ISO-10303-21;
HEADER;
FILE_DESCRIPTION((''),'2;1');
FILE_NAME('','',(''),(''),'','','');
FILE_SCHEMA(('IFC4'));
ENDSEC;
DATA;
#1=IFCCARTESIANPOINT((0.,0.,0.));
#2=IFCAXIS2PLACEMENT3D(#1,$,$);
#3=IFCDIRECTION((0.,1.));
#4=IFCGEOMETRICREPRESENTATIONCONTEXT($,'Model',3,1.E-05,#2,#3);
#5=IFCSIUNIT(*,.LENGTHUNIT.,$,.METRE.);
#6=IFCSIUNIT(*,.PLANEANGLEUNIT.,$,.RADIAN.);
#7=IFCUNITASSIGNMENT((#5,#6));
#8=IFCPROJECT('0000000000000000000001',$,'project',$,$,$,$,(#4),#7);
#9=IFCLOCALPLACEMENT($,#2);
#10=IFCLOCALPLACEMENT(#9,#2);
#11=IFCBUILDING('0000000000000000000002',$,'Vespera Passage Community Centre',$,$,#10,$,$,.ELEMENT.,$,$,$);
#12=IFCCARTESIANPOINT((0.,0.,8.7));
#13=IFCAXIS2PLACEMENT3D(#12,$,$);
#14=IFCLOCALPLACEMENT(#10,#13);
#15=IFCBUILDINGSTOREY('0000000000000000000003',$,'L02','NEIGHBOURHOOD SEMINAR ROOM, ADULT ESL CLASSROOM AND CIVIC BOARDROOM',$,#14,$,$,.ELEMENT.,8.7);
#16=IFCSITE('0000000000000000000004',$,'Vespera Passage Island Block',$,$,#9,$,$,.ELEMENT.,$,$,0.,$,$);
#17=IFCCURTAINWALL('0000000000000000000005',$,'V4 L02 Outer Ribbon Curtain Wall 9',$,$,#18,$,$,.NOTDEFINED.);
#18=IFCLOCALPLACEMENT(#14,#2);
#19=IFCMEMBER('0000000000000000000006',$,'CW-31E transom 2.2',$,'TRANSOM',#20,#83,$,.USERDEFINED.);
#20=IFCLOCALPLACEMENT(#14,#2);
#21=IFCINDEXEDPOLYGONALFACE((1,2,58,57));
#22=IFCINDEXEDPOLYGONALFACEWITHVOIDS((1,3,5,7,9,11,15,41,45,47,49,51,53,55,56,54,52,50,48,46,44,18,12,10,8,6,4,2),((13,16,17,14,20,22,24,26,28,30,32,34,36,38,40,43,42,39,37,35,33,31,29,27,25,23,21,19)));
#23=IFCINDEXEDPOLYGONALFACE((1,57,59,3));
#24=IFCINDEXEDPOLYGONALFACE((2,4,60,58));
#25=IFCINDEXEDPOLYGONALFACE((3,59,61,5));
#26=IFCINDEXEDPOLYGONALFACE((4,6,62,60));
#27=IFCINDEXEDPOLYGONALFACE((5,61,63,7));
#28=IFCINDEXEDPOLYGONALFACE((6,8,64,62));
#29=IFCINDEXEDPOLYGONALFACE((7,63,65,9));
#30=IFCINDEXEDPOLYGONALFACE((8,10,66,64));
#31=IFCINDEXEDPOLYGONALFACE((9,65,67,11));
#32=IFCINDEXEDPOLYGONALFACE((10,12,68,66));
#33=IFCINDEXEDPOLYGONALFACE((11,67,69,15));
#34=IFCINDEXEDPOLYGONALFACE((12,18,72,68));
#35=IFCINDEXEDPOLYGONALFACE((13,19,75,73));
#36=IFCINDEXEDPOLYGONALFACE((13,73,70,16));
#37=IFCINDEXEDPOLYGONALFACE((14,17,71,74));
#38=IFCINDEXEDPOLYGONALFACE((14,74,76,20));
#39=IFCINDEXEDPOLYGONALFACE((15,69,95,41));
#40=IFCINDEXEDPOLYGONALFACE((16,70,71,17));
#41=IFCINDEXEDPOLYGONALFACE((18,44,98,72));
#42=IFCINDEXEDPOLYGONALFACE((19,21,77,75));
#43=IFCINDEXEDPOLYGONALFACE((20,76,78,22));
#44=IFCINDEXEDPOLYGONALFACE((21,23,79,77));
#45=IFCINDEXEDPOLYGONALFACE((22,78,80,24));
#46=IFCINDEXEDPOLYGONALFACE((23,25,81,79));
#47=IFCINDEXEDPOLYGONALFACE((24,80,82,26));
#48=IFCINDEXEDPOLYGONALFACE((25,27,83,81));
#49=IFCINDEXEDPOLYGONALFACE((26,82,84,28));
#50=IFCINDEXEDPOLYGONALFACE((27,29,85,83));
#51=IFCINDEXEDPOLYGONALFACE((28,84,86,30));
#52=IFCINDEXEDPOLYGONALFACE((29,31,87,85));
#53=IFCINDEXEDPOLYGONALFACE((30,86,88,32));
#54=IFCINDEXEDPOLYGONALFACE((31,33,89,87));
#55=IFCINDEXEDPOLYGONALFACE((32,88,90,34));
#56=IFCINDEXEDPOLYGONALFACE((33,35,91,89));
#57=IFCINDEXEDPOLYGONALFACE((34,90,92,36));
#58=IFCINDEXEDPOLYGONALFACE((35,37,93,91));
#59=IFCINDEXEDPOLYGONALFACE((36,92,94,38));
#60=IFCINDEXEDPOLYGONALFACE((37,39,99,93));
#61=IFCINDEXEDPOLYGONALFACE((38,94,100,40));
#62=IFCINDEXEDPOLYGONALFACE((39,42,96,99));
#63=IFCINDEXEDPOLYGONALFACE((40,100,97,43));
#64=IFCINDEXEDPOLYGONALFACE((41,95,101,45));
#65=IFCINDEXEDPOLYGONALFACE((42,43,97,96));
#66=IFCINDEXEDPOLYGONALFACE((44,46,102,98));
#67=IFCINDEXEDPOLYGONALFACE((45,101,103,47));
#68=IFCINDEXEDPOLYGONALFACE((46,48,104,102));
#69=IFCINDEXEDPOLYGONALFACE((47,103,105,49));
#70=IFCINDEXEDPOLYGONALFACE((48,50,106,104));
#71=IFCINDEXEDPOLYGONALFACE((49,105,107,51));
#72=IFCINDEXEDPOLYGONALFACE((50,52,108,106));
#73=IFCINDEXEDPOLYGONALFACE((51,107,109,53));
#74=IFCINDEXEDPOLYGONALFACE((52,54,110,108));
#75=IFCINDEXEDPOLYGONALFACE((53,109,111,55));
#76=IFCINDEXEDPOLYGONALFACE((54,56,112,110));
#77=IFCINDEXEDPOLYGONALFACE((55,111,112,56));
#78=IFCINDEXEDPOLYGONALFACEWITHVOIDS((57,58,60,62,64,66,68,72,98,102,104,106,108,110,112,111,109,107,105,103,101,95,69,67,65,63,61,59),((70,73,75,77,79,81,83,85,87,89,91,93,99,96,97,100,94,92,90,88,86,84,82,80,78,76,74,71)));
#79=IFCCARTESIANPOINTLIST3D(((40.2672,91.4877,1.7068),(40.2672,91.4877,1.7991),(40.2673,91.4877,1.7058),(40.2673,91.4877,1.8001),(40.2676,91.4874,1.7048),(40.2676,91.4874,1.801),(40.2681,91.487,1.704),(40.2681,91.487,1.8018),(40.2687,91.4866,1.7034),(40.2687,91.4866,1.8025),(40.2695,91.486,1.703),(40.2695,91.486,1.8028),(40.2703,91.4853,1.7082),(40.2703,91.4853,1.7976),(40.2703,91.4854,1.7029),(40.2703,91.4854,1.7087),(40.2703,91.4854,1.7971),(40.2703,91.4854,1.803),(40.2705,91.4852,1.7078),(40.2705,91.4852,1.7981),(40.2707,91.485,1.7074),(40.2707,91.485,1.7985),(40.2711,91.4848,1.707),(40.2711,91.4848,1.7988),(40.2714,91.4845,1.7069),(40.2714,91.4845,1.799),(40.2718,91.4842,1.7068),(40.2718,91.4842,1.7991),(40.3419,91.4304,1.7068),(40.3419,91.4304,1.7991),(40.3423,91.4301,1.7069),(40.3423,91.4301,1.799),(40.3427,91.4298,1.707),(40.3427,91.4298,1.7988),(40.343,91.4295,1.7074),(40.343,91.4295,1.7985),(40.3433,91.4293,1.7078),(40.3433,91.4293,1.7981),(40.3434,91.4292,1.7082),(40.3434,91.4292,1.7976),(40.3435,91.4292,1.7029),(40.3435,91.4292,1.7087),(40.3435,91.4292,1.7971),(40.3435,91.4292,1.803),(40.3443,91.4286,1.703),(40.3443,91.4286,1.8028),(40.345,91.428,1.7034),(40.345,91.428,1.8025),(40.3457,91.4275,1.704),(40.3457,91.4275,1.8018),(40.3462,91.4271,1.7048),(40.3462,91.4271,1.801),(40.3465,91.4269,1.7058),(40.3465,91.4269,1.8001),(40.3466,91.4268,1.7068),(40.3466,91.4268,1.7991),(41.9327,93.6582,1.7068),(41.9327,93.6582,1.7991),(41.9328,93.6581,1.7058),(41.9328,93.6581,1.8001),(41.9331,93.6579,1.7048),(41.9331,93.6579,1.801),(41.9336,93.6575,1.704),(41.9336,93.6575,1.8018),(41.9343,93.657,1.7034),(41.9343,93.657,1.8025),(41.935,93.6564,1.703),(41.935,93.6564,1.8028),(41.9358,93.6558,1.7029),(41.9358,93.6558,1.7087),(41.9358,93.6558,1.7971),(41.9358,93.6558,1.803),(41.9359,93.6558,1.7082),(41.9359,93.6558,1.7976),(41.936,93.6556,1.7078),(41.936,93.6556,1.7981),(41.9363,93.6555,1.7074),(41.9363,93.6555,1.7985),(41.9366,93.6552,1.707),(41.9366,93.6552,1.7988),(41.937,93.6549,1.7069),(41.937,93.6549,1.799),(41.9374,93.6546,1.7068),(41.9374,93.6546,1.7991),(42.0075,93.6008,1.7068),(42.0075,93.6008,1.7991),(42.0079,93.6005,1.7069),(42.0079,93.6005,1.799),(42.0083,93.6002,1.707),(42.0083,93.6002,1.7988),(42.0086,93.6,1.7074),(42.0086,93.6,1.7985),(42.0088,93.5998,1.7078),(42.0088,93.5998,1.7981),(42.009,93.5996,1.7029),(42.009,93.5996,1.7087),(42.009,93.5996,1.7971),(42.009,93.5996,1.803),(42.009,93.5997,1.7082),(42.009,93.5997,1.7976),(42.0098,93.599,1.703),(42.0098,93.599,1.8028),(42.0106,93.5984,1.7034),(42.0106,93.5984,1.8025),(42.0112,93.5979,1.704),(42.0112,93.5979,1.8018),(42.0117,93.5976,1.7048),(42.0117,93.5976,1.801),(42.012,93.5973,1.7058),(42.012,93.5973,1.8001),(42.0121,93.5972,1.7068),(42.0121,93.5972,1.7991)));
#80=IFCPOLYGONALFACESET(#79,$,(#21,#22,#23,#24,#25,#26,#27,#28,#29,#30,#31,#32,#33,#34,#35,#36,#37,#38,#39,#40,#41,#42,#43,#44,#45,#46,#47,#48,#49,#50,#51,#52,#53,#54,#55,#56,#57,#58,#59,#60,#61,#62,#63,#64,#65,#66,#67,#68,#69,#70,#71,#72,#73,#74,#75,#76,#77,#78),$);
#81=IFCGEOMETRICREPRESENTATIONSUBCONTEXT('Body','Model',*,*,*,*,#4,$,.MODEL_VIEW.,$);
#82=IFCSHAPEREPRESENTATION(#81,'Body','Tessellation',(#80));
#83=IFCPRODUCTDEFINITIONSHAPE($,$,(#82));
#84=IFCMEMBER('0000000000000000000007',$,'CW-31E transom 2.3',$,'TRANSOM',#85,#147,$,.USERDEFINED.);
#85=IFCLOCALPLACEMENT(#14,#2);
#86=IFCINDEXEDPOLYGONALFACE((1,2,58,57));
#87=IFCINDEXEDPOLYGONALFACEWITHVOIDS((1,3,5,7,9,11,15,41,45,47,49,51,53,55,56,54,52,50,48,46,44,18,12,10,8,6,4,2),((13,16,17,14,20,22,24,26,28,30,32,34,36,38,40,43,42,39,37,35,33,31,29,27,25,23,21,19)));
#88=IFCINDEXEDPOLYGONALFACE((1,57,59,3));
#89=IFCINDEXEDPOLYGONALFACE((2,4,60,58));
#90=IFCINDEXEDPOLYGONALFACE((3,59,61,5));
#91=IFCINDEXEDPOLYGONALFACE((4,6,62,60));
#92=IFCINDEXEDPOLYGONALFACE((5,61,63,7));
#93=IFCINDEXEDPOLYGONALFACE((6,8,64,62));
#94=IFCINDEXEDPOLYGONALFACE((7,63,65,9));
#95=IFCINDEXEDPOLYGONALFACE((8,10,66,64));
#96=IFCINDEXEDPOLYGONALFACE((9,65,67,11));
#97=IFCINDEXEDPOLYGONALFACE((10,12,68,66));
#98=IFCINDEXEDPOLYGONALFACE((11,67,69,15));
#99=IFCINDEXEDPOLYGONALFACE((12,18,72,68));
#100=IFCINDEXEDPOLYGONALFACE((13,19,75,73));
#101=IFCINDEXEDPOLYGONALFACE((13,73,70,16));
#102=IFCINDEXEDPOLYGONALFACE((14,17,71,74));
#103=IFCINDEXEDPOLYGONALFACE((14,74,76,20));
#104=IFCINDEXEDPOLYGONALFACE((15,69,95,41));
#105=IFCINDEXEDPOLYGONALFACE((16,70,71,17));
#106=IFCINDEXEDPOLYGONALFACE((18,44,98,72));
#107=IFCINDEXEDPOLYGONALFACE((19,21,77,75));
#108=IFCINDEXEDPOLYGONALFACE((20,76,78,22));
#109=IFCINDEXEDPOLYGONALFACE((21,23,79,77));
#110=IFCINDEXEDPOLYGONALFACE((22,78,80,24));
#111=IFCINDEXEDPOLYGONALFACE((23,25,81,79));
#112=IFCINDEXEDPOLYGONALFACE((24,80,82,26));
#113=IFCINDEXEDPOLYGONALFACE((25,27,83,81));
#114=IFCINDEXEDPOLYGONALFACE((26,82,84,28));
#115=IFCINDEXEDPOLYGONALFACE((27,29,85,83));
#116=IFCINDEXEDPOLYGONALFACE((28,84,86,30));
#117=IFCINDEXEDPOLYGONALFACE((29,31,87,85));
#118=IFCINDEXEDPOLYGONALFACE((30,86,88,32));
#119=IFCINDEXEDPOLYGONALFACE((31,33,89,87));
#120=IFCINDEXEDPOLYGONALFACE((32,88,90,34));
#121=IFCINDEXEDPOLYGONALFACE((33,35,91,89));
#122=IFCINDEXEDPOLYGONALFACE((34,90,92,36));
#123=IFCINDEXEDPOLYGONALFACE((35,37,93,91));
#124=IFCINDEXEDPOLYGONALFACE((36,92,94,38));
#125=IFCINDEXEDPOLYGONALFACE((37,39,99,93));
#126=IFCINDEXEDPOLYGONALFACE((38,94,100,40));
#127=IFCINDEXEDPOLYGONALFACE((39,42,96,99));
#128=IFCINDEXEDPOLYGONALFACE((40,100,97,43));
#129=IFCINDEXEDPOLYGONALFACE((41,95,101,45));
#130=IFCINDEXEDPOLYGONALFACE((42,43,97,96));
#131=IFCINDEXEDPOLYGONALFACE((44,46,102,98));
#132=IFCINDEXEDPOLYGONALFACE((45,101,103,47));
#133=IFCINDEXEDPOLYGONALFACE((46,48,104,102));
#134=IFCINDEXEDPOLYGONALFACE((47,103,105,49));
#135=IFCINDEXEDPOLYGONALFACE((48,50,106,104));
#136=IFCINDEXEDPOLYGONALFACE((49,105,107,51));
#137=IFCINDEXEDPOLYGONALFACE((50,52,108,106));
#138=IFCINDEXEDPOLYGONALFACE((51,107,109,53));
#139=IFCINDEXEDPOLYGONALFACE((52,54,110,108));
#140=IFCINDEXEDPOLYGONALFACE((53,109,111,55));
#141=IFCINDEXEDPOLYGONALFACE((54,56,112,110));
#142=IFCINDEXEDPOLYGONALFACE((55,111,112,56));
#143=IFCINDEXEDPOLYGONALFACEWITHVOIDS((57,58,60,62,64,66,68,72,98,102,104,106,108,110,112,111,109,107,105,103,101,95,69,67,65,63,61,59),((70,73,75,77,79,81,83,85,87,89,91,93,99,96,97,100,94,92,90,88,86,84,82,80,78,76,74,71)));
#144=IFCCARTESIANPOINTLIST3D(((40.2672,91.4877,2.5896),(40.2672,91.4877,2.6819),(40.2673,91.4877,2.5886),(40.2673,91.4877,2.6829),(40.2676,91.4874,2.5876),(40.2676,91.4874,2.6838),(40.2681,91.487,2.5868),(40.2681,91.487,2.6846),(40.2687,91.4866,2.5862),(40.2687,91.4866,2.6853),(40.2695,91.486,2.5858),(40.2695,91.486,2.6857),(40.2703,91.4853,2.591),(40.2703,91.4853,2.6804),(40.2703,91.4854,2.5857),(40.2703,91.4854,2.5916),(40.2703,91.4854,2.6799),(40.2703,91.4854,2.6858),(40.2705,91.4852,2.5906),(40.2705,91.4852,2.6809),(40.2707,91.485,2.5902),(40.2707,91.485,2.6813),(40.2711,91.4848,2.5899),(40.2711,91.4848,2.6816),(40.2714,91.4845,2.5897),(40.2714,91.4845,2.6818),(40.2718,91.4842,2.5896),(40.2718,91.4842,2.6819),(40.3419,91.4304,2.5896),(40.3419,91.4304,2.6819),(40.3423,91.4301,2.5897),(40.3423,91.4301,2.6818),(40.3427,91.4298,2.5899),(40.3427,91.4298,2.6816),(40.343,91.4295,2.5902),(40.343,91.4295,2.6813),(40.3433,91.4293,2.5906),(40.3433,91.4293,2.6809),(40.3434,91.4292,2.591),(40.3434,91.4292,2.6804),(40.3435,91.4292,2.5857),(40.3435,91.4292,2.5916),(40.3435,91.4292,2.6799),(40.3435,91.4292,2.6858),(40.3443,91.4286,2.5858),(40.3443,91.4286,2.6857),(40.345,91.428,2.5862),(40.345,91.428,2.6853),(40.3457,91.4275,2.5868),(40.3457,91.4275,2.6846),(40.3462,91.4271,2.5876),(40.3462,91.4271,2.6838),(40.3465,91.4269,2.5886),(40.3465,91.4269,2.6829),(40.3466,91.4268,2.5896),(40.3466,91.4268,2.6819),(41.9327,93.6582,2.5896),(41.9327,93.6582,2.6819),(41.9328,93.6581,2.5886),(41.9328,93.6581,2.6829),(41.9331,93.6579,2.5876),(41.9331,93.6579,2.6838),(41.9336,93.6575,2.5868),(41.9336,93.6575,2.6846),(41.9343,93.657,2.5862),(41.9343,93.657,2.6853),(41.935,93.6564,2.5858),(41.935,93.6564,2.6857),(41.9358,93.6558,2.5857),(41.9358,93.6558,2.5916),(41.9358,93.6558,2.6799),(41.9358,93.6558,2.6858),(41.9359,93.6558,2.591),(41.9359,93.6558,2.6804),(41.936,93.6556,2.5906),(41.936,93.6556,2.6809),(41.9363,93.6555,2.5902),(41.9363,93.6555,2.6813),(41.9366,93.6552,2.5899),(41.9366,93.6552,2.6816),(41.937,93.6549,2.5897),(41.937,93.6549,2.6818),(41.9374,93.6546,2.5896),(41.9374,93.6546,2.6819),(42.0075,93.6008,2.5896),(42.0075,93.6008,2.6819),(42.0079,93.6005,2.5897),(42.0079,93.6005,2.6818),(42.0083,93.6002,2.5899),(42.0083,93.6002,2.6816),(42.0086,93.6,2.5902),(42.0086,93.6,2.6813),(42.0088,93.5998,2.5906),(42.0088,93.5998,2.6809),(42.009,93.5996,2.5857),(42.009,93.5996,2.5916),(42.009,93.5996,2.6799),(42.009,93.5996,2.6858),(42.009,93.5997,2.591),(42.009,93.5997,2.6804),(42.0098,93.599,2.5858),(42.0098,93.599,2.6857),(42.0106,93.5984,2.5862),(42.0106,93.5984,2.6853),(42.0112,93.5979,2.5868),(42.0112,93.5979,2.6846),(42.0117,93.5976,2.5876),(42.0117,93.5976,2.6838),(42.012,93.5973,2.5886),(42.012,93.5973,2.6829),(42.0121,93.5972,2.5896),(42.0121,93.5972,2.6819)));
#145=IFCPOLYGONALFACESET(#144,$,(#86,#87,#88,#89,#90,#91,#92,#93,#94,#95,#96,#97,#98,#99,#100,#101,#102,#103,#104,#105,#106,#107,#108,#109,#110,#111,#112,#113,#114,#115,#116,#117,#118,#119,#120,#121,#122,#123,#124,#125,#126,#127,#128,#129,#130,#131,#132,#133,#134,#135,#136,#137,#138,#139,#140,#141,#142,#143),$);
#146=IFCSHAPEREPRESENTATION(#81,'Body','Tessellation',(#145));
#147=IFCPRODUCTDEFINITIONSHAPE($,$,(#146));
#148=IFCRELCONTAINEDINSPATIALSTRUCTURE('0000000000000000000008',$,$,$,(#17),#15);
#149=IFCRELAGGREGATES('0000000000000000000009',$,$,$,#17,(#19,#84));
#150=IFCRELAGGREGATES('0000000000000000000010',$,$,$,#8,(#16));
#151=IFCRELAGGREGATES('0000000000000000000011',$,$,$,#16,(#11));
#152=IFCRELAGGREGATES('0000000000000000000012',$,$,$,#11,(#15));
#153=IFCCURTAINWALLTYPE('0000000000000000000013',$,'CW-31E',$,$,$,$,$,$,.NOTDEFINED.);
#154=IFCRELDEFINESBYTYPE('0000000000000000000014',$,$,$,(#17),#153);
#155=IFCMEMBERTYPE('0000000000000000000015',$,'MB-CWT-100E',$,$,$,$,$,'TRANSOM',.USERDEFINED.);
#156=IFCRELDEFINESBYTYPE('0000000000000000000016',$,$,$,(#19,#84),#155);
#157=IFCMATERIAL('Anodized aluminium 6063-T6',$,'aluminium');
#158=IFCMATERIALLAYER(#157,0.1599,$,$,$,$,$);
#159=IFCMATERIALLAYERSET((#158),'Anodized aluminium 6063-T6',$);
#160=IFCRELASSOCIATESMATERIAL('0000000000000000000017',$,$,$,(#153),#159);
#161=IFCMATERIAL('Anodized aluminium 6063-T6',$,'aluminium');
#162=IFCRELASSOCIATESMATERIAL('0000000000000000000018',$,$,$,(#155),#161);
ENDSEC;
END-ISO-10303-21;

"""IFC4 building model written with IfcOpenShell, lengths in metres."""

from ifc_helpers import new_model, si_unit, direction, frame, origin, origin_2d, place, context, subcontext, project, spatial, hollow_rectangle, extrude, material, layer, layer_set, material_profile, profile_set, type_object, element, aggregate, save


model = new_model("IFC4")

# Units and contexts
model_context = context("Model", 3, precision=1e-05, world=origin(), true_north=direction((0.0, 1.0)))
body_context = subcontext(model_context, "Body", "Model", "MODEL_VIEW")
ifc_project = project(units=[si_unit("LENGTHUNIT", "METRE"), si_unit("PLANEANGLEUNIT", "RADIAN")], contexts=[model_context])

# Site, building, storey
site_placement = place(None, origin())
site = spatial("IfcSite", under=ifc_project, at=site_placement, Name="Vespera Passage Island Block", CompositionType="ELEMENT", RefElevation=0.0)
building_placement = place(site_placement, origin())
building = spatial("IfcBuilding", under=site, at=building_placement, Name="Vespera Passage Community Centre", CompositionType="ELEMENT")
storey_placement = place(building_placement, frame((0.0, 0.0, 8.7)))
storey = spatial("IfcBuildingStorey", under=building, at=storey_placement, Name="L02", Description="NEIGHBOURHOOD SEMINAR ROOM, ADULT ESL CLASSROOM AND CIVIC BOARDROOM", CompositionType="ELEMENT", Elevation=8.7)

# Curtain wall
ifc_material_1 = material(Name="Anodized aluminium 6063-T6", Category="aluminium")
ifc_layer_1 = layer(ifc_material_1, 0.1599)
ifc_layer_set_1 = layer_set([ifc_layer_1], Name="Anodized aluminium 6063-T6")
curtain_wall_type_1 = type_object("IfcCurtainWallType", Name="CW-31E", PredefinedType="NOTDEFINED", material=ifc_layer_set_1)
curtain_wall_1_placement = place(storey_placement, origin())
curtain_wall_1 = element("IfcCurtainWall", 1, at=curtain_wall_1_placement, inside=storey, type_object=curtain_wall_type_1, Name="V4 L02 Outer Ribbon Curtain Wall 9", PredefinedType="NOTDEFINED")

# Members
ifc_material_2 = material(Name="Anodized aluminium 6063-T6", Category="aluminium")
ifc_material_profile_1 = material_profile(ifc_material_2, hollow_rectangle(XDim=0.1001, YDim=0.1001, WallThickness=0.0039, InnerFilletRadius=0.002, OuterFilletRadius=0.0039, at=origin_2d()), Name="ALU100X100X4")
ifc_profile_set_1 = profile_set([ifc_material_profile_1], Name="Anodized aluminium 6063-T6")
member_type_1 = type_object("IfcMemberType", Name="MB-CWT-100E", ElementType="TRANSOM", PredefinedType="USERDEFINED", material=ifc_profile_set_1)
member_1_placement = place(storey_placement, frame((40.3069, 91.4573, 1.7529), z_axis=(0.608787, 0.793333, 0.0), x_axis=(-0.793333, 0.608787, 0.0)))
member_1 = element("IfcMember", 2, at=member_1_placement, type_object=member_type_1, Name="CW-31E transom 2.2", ObjectType="TRANSOM", PredefinedType="USERDEFINED", context=body_context, shape_type="SweptSolid", body=[
    extrude(hollow_rectangle(XDim=0.1001, YDim=0.1001, WallThickness=0.0039, InnerFilletRadius=0.002, OuterFilletRadius=0.0039, at=origin_2d()), origin(), (0.0, 0.0, 1.0), 2.7358),
])
member_2_placement = place(storey_placement, frame((40.3069, 91.4573, 2.6357), z_axis=(0.608787, 0.793333, 0.0), x_axis=(-0.793333, 0.608787, 0.0)))
member_2 = element("IfcMember", 3, at=member_2_placement, type_object=member_type_1, Name="CW-31E transom 2.3", ObjectType="TRANSOM", PredefinedType="USERDEFINED", context=body_context, shape_type="SweptSolid", body=[
    extrude(hollow_rectangle(XDim=0.1001, YDim=0.1001, WallThickness=0.0039, InnerFilletRadius=0.002, OuterFilletRadius=0.0039, at=origin_2d()), origin(), (0.0, 0.0, 1.0), 2.7358),
])

aggregate(curtain_wall_1, [member_1, member_2])

save(model, "model.ifc")
